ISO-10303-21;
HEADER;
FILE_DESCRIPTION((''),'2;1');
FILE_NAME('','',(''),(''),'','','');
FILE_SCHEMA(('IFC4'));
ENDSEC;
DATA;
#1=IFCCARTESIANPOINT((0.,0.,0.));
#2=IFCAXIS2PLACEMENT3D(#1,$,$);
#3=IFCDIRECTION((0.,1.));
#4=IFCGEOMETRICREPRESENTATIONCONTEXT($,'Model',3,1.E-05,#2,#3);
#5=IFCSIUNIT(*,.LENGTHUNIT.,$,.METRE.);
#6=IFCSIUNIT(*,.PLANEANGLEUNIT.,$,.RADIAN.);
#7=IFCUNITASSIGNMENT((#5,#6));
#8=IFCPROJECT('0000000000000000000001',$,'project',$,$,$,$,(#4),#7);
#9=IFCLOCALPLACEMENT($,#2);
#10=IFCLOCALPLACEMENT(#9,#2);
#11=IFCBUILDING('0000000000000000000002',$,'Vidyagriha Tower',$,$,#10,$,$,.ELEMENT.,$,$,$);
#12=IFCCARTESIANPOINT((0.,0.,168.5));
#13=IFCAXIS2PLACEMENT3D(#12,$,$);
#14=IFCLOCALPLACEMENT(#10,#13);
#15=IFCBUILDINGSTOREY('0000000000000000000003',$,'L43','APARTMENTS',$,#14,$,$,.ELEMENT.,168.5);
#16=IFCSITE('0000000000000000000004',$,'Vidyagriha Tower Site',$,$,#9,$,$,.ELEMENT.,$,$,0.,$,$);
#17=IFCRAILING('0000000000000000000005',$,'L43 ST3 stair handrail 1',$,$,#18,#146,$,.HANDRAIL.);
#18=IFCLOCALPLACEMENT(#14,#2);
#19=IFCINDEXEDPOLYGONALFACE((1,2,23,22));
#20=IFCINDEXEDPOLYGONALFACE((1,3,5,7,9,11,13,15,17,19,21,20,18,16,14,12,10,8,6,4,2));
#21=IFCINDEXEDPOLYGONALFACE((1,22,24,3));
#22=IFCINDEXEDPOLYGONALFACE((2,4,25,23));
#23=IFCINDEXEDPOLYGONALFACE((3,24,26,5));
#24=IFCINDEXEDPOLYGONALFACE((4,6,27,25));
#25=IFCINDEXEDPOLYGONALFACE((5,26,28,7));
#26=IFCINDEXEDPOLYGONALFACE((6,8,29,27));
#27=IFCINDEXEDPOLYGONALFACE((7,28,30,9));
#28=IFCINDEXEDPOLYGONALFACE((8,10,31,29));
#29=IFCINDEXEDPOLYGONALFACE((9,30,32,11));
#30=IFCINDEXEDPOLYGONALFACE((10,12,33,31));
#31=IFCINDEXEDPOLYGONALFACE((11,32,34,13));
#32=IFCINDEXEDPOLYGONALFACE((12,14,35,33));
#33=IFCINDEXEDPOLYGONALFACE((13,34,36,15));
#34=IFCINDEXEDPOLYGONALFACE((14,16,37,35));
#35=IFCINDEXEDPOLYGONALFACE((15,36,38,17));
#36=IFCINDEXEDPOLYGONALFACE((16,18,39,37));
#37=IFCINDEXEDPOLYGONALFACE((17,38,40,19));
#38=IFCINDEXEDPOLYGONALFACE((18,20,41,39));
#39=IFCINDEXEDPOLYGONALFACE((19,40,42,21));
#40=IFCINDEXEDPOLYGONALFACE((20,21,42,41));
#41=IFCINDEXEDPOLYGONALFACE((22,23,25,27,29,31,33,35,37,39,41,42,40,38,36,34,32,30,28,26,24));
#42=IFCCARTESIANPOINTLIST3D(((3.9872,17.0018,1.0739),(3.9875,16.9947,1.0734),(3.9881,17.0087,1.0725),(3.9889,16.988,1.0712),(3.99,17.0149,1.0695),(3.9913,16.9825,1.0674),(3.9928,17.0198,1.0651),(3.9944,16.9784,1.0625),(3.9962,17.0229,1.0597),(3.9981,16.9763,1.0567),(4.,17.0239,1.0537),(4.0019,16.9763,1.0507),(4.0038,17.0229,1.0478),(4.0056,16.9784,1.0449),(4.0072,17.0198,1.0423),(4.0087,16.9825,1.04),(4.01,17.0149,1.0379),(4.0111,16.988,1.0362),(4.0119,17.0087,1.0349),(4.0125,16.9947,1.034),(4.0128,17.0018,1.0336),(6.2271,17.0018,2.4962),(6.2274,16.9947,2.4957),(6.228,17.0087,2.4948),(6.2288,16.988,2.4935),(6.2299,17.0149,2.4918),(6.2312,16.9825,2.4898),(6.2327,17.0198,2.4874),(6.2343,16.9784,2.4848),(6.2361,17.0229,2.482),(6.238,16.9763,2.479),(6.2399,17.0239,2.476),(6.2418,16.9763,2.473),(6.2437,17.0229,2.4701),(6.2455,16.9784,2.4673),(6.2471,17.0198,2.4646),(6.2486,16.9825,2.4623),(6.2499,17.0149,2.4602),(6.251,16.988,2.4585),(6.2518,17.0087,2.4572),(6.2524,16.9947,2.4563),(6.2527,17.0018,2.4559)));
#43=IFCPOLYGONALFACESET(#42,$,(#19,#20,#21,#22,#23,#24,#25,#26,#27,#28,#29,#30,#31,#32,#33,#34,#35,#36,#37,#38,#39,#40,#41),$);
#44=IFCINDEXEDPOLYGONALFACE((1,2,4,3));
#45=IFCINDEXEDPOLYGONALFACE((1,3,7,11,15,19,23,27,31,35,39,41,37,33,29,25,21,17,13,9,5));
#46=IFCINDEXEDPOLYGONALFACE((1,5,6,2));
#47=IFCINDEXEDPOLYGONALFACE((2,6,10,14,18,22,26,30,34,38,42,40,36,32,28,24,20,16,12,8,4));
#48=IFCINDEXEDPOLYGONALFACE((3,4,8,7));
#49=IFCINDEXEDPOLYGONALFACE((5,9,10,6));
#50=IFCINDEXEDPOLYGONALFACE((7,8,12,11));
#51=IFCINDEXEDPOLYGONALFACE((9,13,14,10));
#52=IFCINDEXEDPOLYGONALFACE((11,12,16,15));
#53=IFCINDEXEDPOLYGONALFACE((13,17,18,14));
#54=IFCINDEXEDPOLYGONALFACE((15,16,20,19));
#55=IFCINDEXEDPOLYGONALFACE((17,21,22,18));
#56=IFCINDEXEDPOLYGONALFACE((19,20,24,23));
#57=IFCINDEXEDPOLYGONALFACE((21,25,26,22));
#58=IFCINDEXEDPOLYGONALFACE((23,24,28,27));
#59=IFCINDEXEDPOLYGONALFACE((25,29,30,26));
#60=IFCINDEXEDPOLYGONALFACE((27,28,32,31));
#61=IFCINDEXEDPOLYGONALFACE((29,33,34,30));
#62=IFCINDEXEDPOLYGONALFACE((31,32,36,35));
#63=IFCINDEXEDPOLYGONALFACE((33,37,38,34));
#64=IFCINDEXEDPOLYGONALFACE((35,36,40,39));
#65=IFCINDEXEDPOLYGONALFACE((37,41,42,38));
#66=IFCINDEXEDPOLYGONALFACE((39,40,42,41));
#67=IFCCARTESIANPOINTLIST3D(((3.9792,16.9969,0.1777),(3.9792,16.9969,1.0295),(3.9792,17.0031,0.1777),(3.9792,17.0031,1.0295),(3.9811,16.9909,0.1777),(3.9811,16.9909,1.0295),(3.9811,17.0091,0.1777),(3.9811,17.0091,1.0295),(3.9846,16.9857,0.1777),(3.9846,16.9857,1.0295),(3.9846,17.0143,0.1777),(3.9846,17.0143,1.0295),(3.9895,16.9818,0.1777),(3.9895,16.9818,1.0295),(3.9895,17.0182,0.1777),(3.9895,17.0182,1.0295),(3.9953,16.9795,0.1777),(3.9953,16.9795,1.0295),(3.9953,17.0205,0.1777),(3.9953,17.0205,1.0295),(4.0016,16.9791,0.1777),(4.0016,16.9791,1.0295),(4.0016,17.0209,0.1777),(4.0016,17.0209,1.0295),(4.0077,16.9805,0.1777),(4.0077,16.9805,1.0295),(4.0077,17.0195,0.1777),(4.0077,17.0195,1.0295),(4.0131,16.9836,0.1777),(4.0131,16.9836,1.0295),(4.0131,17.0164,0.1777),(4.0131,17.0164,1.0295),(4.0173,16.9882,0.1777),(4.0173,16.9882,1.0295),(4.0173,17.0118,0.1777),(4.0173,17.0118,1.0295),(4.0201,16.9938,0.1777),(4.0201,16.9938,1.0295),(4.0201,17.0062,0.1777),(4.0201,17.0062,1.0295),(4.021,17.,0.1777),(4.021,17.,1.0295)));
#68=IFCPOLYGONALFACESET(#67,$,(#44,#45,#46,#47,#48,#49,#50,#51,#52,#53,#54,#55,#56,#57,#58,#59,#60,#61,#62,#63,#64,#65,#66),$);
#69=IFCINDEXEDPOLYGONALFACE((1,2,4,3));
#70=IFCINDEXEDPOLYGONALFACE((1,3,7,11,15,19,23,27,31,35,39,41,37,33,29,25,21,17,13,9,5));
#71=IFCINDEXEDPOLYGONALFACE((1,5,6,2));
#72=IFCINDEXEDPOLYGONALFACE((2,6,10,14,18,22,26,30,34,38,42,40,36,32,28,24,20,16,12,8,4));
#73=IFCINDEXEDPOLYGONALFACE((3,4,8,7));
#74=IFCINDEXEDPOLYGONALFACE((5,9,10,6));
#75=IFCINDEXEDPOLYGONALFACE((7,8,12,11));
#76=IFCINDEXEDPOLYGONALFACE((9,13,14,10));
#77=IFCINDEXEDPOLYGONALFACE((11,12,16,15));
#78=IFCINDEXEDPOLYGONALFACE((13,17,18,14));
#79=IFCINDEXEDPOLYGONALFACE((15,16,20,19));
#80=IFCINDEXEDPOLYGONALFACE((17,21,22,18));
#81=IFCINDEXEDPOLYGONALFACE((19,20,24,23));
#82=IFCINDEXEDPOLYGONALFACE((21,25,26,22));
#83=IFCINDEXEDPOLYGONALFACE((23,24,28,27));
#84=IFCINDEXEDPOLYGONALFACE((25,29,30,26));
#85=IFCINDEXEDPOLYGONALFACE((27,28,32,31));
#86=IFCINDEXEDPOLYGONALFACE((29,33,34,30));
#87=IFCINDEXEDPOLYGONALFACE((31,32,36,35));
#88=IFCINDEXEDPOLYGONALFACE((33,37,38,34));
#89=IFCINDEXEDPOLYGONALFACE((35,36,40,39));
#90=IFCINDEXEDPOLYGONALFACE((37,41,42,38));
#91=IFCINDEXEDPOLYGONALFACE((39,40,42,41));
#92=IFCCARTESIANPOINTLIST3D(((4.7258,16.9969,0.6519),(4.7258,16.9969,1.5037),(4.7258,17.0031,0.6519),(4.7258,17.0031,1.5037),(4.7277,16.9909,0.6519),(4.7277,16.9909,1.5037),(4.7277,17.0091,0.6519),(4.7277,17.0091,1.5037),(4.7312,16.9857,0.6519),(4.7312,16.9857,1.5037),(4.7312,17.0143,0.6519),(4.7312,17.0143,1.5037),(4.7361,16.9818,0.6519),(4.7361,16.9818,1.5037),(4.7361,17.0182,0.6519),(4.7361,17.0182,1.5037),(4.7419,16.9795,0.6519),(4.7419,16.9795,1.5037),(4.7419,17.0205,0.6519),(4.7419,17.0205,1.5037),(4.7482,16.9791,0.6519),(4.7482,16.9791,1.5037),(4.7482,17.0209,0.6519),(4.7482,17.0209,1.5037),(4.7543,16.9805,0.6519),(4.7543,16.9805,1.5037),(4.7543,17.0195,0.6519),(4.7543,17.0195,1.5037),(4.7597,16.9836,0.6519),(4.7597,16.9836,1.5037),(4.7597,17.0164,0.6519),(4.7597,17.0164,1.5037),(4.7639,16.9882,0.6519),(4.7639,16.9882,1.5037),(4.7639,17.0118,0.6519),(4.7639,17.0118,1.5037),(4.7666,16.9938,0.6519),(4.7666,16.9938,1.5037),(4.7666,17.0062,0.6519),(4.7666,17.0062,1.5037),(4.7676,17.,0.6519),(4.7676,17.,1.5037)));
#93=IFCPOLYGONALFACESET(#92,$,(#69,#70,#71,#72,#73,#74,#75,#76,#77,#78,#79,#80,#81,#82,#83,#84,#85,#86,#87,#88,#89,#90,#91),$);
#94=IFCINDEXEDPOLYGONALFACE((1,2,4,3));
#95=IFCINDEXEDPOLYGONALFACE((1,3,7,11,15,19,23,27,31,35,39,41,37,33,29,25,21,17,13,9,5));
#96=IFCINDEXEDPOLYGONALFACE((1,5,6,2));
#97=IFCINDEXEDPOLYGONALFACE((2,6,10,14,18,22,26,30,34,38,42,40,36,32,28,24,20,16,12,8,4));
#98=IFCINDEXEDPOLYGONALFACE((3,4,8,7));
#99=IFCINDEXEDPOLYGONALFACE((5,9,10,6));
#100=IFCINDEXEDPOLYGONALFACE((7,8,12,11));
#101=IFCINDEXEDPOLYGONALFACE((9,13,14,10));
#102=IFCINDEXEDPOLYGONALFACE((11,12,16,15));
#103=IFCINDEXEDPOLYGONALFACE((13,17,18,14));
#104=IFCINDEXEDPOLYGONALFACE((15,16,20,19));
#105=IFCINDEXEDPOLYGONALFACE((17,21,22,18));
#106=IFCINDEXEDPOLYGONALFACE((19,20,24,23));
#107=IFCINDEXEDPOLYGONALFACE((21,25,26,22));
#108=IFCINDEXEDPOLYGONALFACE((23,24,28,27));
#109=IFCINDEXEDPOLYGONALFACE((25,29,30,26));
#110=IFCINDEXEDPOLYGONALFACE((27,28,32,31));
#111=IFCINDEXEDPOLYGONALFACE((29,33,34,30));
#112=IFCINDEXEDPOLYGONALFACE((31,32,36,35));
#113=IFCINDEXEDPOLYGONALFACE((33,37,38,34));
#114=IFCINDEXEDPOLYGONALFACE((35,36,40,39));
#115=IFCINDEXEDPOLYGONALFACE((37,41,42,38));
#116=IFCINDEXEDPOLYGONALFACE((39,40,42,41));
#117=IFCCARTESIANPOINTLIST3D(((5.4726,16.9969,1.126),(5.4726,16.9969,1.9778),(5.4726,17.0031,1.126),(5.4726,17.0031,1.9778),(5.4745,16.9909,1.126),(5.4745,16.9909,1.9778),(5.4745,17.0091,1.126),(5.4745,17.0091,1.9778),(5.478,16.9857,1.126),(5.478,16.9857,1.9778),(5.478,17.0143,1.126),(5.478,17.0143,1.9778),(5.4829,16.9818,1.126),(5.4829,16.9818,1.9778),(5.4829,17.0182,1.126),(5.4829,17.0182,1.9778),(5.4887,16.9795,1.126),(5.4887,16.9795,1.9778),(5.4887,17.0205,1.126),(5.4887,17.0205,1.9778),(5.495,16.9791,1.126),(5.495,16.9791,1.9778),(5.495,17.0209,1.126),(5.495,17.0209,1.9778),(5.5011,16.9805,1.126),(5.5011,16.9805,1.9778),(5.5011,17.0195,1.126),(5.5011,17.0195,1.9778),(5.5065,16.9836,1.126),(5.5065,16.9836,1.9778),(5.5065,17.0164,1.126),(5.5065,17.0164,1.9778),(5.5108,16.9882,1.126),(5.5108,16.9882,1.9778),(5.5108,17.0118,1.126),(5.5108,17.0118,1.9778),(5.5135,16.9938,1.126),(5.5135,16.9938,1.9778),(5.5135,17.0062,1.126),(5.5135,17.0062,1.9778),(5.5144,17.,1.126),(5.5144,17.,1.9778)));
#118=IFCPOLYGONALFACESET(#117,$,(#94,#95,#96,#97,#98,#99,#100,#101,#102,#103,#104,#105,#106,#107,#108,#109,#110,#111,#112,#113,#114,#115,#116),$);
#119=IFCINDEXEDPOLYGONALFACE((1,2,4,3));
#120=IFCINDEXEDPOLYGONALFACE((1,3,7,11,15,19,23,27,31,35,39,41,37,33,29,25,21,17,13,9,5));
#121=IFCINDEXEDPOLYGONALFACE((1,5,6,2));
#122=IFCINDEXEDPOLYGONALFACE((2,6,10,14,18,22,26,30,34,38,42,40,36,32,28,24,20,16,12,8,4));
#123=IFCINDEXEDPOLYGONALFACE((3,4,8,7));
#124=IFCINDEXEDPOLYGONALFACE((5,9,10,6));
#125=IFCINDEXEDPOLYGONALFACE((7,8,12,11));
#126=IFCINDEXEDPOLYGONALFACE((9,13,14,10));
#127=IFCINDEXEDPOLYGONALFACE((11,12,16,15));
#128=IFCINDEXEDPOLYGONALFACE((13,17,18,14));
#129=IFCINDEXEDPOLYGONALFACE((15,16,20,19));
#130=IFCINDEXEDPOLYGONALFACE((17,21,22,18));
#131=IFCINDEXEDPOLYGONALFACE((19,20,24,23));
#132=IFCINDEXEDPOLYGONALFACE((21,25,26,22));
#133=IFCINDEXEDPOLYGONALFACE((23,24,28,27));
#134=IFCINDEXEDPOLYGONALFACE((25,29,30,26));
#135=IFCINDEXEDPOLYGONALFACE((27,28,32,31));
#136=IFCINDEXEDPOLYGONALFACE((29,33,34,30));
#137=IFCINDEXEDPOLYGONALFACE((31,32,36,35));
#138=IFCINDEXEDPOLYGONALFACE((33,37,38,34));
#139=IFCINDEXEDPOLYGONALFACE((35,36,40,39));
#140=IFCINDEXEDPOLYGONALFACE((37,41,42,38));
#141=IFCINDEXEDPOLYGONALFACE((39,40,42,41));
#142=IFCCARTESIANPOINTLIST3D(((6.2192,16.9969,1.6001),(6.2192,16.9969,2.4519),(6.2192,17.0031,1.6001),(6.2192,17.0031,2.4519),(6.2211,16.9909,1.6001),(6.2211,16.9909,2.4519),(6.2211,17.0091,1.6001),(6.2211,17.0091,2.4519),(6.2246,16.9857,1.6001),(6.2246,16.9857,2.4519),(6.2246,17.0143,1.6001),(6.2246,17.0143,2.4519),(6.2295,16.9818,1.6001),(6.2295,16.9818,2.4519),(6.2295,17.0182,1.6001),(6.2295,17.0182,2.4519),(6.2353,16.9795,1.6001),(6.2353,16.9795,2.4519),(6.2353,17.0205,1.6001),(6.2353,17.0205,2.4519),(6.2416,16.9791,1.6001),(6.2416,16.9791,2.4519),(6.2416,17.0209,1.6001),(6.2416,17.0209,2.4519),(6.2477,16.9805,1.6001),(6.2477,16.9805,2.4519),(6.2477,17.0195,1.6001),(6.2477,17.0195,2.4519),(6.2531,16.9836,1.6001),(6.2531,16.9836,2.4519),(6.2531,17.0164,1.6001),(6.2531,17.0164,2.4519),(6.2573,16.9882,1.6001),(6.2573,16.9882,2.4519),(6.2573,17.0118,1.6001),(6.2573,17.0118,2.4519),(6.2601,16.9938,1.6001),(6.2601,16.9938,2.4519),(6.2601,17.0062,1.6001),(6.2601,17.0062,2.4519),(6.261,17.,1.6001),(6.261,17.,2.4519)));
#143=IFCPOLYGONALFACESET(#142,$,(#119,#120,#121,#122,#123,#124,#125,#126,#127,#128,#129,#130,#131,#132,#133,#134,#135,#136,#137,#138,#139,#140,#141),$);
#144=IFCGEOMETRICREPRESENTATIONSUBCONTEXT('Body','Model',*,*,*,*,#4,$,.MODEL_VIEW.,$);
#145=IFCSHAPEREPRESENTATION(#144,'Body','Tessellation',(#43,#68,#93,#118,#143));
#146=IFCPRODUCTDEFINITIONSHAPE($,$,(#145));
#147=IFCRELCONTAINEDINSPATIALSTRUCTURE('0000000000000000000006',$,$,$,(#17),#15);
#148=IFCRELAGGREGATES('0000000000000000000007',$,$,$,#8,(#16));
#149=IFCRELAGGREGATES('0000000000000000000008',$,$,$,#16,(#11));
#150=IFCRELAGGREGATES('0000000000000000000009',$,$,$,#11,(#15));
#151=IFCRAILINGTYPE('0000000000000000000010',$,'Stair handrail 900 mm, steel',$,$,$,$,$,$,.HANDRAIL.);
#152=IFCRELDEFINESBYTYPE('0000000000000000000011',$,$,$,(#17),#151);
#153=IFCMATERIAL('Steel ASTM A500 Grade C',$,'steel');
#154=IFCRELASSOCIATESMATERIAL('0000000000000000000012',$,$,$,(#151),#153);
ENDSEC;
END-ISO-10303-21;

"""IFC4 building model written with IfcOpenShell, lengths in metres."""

from ifc_helpers import new_model, si_unit, direction, frame, origin, origin_2d, place, context, subcontext, project, spatial, circle, extrude, material, type_object, element, save


model = new_model("IFC4")

# Units and contexts
model_context = context("Model", 3, precision=1e-05, world=origin(), true_north=direction((0.0, 1.0)))
body_context = subcontext(model_context, "Body", "Model", "MODEL_VIEW")
ifc_project = project(units=[si_unit("LENGTHUNIT", "METRE"), si_unit("PLANEANGLEUNIT", "RADIAN")], contexts=[model_context])

# Site, building, storey
site_placement = place(None, origin())
site = spatial("IfcSite", under=ifc_project, at=site_placement, Name="Vidyagriha Tower Site", CompositionType="ELEMENT", RefElevation=0.0)
building_placement = place(site_placement, origin())
building = spatial("IfcBuilding", under=site, at=building_placement, Name="Vidyagriha Tower", CompositionType="ELEMENT")
storey_placement = place(building_placement, frame((0.0, 0.0, 168.5)))
storey = spatial("IfcBuildingStorey", under=building, at=storey_placement, Name="L43", Description="APARTMENTS", CompositionType="ELEMENT", Elevation=168.5)

# Railing
ifc_material_1 = material(Name="Steel ASTM A500 Grade C", Category="steel")
railing_type_1 = type_object("IfcRailingType", Name="Stair handrail 900 mm, steel", PredefinedType="HANDRAIL", material=ifc_material_1)
railing_1_placement = place(storey_placement, frame((4.0, 17.0, 0.1777)))
element("IfcRailing", 1, at=railing_1_placement, inside=storey, type_object=railing_type_1, Name="L43 ST3 stair handrail 1", PredefinedType="HANDRAIL", context=body_context, shape_type="SweptSolid", body=[
    extrude(circle(Radius=0.0239, at=origin_2d()), frame((0.0, 0.0, 0.876), z_axis=(0.844188, 0.0, 0.536048), x_axis=(0.0, 1.0, 0.0)), (0.0, 0.0, 1.0), 2.6533),
    extrude(circle(Radius=0.021, at=origin_2d()), origin(), (0.0, 0.0, 1.0), 0.8518),
    extrude(circle(Radius=0.021, at=origin_2d()), frame((0.7466, 0.0, 0.4741)), (0.0, 0.0, 1.0), 0.8518),
    extrude(circle(Radius=0.021, at=origin_2d()), frame((1.4934, 0.0, 0.9482)), (0.0, 0.0, 1.0), 0.8518),
    extrude(circle(Radius=0.021, at=origin_2d()), frame((2.24, 0.0, 1.4224)), (0.0, 0.0, 1.0), 0.8518),
])

save(model, "model.ifc")
